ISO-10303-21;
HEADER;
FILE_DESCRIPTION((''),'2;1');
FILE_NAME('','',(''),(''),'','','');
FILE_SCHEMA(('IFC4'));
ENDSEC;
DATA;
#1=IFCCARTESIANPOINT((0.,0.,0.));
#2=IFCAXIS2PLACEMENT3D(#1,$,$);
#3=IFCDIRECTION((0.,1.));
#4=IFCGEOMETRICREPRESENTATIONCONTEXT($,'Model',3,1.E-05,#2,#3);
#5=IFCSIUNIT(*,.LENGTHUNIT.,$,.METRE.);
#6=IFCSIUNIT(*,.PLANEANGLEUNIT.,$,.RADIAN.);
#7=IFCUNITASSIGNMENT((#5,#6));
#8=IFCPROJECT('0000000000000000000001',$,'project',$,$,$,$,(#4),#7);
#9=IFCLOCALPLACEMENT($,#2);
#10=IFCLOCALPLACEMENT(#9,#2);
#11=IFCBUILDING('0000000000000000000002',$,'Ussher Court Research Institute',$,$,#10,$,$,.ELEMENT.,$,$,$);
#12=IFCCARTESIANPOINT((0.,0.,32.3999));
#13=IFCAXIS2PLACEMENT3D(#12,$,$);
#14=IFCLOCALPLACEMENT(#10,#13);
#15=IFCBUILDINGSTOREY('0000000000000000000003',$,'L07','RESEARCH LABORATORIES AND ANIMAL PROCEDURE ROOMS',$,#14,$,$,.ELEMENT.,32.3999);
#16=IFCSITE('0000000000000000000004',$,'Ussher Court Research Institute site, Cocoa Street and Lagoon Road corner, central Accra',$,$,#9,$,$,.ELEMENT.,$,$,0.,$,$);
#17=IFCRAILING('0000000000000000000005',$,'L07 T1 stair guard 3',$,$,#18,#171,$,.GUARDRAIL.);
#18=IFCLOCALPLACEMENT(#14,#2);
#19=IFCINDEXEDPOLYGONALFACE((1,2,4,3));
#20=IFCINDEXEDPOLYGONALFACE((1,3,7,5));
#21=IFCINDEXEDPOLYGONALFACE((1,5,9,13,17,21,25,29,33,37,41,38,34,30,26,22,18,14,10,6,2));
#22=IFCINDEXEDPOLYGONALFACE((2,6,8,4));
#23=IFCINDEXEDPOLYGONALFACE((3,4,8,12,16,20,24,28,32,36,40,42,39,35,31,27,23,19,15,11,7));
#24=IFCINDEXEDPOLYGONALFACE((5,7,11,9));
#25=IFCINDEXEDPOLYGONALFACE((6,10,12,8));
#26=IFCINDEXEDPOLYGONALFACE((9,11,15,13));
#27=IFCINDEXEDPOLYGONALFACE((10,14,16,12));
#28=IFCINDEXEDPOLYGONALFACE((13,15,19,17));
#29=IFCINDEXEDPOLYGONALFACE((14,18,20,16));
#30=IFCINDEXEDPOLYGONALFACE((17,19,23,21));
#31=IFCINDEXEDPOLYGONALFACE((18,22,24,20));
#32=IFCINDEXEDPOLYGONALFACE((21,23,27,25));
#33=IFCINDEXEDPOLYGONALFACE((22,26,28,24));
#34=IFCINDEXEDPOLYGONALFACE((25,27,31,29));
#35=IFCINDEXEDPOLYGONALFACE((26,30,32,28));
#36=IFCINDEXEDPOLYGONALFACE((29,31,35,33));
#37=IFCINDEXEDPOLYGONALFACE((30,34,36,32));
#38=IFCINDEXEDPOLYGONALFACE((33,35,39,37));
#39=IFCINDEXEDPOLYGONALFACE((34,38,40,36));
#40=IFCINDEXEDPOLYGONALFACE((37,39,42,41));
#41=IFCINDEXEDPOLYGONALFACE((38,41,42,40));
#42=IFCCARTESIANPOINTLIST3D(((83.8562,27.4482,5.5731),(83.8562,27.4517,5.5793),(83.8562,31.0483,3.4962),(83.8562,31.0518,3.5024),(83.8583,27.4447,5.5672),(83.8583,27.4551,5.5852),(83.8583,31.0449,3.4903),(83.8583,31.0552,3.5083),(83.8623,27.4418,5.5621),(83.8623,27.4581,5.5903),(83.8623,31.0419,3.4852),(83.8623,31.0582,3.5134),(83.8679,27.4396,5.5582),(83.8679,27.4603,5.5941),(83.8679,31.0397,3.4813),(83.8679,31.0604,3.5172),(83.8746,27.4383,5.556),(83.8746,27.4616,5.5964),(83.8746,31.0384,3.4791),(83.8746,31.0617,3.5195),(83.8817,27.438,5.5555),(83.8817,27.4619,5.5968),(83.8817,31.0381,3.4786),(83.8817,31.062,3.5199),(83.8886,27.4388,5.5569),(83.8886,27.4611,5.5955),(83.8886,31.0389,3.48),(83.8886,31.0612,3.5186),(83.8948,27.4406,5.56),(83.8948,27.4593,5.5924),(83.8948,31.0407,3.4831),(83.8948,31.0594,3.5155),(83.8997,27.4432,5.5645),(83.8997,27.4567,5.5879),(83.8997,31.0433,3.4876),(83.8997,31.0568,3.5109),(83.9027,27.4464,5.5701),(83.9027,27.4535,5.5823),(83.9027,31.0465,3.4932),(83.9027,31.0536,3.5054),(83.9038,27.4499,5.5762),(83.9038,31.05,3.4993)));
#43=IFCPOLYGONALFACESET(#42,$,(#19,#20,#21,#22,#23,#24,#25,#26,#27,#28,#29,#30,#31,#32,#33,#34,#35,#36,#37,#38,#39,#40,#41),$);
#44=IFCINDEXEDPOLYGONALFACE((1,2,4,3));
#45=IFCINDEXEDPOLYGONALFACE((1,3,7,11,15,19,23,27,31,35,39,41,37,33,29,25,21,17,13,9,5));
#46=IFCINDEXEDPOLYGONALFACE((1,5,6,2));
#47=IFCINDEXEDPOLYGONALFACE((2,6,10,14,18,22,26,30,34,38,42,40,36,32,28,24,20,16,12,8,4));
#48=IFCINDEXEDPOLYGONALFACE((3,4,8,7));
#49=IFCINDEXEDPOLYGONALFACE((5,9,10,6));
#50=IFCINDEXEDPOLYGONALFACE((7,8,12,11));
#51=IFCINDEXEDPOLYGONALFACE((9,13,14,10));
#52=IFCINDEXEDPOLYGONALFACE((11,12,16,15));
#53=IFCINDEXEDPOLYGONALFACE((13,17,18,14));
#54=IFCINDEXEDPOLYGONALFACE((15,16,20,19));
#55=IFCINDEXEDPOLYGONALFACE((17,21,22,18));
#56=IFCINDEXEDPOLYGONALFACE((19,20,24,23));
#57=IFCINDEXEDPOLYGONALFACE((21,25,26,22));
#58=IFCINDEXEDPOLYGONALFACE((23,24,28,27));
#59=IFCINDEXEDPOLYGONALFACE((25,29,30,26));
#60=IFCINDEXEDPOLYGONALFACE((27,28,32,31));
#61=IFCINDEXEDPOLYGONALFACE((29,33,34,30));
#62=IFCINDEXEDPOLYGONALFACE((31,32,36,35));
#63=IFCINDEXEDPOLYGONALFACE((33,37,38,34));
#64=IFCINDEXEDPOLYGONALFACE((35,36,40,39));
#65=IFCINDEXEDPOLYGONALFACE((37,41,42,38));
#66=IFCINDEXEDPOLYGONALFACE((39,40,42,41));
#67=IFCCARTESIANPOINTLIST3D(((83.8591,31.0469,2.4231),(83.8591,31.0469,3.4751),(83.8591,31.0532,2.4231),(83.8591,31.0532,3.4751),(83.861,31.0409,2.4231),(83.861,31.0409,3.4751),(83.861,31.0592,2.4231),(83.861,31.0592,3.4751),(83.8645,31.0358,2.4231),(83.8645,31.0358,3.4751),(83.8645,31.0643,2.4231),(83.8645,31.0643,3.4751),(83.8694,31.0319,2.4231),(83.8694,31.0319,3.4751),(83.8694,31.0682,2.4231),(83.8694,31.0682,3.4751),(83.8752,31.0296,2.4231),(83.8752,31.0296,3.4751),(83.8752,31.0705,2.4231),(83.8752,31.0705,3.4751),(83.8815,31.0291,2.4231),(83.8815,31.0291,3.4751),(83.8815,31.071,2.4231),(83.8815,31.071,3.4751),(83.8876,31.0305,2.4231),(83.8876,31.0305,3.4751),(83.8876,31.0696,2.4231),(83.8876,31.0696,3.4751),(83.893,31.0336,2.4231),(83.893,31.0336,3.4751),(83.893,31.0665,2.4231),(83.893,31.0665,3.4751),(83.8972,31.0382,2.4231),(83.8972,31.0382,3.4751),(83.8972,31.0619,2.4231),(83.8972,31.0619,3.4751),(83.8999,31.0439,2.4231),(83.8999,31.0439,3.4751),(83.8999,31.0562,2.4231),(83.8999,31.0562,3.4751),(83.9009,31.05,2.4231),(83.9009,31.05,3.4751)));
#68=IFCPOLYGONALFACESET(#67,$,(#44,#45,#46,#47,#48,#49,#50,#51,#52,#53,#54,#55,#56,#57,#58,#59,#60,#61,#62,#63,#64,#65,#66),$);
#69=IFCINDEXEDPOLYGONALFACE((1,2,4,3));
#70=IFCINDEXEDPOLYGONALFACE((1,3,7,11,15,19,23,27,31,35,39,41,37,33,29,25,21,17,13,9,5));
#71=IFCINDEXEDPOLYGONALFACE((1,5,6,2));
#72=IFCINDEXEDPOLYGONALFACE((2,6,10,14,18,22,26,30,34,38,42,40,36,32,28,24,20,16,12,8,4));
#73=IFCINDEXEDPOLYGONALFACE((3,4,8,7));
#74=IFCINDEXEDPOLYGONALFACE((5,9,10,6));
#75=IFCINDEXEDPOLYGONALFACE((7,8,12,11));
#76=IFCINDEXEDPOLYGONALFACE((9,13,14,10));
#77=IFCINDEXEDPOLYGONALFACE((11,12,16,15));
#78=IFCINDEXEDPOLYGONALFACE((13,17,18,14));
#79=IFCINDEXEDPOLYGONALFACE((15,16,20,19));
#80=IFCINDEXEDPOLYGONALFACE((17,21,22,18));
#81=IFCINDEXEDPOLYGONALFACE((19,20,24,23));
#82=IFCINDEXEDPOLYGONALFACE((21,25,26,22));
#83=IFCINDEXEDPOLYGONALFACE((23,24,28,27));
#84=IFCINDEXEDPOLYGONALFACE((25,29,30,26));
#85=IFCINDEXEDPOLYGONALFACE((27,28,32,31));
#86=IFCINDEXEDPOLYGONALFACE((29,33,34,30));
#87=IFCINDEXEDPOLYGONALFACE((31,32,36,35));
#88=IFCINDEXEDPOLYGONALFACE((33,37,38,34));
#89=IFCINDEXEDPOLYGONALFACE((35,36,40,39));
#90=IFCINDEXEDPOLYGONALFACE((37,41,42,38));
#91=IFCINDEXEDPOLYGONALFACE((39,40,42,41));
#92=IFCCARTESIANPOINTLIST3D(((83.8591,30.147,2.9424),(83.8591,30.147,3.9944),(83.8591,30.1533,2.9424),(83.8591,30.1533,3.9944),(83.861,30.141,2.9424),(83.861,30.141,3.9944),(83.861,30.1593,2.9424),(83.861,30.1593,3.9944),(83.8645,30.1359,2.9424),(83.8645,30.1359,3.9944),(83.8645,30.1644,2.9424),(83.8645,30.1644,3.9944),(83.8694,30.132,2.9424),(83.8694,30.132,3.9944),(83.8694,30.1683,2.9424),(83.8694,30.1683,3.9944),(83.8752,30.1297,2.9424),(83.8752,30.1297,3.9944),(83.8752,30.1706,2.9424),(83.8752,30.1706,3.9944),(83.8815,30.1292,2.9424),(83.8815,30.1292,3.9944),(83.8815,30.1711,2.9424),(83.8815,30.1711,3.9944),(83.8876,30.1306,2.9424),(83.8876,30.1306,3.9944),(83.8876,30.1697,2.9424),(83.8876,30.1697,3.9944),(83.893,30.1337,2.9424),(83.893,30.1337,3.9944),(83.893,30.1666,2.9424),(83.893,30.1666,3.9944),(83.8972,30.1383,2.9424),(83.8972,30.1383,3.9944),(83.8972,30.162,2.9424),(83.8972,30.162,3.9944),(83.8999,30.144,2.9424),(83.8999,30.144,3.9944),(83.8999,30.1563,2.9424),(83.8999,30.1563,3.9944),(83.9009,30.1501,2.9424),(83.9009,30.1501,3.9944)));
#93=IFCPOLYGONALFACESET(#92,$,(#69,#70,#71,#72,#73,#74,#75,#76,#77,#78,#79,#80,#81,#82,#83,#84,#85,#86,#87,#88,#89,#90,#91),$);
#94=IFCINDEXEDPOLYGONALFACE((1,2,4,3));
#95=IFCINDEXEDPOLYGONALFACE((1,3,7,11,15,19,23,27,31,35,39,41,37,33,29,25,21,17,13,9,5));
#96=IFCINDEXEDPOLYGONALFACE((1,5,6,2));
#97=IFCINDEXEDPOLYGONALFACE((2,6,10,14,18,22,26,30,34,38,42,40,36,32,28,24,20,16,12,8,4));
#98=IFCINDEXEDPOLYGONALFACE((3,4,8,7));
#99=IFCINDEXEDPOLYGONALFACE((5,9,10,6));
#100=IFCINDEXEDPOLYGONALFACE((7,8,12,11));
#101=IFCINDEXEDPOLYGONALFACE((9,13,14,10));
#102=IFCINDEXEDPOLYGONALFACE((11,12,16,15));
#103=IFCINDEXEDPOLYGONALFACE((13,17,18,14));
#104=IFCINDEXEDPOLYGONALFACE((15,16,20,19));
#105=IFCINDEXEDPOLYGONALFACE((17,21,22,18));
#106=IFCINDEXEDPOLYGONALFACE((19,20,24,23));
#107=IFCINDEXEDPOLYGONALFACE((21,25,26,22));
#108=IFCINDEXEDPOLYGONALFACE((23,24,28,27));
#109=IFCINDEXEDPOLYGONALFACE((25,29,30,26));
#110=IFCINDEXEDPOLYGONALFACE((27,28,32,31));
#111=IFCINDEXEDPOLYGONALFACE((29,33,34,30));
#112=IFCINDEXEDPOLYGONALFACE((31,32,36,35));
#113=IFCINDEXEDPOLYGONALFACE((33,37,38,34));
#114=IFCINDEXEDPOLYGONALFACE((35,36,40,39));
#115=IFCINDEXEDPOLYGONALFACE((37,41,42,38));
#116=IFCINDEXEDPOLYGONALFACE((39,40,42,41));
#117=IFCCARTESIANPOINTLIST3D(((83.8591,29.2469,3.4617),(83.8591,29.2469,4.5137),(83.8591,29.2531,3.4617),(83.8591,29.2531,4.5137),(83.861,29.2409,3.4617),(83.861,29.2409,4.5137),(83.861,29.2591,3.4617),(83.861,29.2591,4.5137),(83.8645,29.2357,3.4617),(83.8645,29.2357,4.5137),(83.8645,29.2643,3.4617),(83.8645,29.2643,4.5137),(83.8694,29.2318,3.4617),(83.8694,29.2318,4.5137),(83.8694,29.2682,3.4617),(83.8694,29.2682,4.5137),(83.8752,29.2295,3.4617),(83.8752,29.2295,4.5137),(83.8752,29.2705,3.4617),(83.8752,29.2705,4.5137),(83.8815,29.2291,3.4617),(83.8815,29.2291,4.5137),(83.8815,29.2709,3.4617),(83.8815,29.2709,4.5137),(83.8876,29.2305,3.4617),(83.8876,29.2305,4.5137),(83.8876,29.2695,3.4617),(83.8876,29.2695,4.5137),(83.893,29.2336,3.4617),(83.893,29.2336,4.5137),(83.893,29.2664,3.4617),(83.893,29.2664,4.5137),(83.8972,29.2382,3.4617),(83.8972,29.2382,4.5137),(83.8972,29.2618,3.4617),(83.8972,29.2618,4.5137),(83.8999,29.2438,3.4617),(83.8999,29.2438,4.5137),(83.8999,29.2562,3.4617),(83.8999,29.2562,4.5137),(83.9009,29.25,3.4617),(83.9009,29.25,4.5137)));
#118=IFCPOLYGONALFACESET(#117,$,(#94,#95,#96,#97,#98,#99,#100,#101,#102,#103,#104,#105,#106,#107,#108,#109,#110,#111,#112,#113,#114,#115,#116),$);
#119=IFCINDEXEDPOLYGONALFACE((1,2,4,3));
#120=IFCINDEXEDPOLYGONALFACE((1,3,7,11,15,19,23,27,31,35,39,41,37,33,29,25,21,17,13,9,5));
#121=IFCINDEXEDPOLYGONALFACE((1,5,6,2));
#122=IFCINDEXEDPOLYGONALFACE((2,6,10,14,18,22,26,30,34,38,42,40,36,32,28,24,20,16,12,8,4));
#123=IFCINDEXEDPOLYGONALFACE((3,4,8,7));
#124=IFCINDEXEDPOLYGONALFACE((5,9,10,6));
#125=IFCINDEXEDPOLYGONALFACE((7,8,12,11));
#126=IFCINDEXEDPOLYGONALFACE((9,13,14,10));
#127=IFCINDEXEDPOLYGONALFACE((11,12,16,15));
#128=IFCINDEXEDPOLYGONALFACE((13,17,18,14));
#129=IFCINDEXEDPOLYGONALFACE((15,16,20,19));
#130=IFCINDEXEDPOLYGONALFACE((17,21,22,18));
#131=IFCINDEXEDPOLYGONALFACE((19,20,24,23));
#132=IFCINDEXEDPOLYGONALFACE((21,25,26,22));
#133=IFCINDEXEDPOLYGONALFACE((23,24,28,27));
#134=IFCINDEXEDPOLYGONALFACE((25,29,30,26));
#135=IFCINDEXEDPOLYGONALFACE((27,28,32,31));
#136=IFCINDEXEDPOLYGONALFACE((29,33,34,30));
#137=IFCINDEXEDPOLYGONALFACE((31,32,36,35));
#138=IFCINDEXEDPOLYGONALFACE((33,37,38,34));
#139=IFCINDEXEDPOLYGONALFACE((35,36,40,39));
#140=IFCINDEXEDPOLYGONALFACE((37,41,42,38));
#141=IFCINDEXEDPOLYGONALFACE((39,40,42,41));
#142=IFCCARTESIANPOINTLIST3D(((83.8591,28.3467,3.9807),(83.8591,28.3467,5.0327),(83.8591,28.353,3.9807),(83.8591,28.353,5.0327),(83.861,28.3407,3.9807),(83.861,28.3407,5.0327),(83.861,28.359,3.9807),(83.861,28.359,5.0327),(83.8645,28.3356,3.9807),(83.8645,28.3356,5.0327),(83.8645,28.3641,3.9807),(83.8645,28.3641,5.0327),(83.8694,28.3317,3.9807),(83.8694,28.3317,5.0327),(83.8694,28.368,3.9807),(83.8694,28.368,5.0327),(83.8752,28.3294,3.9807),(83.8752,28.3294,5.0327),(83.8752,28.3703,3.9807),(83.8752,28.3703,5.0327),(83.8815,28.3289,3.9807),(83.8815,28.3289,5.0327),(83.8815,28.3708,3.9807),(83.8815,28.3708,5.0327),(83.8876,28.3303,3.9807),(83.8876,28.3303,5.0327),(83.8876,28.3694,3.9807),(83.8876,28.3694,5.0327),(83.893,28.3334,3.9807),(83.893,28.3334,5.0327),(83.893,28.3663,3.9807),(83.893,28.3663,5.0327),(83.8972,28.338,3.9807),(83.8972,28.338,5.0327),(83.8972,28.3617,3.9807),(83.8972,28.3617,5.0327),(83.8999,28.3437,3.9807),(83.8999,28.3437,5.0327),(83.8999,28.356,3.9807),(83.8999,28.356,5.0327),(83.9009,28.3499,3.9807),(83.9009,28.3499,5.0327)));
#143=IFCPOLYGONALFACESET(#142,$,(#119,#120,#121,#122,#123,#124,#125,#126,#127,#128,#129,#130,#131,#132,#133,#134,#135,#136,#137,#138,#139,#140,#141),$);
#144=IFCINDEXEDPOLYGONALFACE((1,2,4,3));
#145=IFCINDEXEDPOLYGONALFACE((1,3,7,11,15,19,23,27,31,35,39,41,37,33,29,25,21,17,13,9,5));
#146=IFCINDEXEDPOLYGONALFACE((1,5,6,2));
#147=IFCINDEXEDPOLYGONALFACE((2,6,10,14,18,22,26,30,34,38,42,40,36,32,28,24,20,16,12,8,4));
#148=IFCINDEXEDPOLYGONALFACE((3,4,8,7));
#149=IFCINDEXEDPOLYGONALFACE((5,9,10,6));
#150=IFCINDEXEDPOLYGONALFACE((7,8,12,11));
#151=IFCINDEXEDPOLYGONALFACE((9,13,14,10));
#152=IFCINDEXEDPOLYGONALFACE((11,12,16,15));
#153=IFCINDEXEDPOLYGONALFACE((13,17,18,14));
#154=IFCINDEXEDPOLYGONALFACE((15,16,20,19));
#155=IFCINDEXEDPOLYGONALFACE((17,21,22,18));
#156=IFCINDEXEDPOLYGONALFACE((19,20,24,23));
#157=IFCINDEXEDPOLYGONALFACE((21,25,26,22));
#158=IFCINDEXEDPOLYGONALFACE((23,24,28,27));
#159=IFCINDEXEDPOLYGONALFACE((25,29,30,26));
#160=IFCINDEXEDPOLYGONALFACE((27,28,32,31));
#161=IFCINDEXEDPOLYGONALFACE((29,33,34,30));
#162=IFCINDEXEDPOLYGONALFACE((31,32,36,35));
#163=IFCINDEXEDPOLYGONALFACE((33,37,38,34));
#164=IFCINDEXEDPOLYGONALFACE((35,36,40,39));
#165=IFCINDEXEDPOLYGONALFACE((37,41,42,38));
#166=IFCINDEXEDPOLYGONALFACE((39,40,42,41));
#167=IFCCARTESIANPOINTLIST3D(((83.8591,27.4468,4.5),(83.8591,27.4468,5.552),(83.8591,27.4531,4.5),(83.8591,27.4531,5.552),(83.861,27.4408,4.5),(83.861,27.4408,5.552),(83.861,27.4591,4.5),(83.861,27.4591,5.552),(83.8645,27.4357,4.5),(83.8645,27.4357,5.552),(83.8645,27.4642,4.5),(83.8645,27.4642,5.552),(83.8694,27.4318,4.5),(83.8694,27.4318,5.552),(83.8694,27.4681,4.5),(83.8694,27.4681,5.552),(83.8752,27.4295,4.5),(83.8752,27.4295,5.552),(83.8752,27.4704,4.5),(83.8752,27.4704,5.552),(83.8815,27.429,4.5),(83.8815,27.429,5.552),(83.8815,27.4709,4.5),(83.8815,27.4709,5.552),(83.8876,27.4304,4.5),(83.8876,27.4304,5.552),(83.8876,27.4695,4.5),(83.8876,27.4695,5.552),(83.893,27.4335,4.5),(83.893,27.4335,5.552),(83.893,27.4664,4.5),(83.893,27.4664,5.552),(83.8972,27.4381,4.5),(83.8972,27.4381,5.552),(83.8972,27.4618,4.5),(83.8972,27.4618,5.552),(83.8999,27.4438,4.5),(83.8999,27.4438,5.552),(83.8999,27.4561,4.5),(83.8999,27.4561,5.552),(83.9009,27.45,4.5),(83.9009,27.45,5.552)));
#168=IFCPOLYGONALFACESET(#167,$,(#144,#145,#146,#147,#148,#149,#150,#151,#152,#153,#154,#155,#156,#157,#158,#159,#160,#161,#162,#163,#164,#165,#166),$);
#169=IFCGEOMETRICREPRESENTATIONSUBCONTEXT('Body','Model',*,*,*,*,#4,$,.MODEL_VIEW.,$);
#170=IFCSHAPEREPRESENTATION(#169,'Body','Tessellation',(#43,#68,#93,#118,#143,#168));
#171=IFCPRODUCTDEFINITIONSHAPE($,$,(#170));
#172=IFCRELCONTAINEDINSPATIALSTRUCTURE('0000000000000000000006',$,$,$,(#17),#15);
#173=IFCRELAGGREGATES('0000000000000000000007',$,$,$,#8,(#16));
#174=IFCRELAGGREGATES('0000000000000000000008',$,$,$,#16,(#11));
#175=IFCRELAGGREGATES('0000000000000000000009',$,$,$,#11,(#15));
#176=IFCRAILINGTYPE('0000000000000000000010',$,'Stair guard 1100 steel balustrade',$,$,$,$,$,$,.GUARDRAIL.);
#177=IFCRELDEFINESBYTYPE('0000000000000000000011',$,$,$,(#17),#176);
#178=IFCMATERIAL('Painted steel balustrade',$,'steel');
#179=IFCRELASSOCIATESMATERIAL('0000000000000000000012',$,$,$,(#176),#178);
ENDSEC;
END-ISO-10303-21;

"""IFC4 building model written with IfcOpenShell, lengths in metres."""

from ifc_helpers import new_model, si_unit, direction, frame, origin, origin_2d, place, context, subcontext, project, spatial, circle, extrude, material, type_object, element, save


model = new_model("IFC4")

# Units and contexts
model_context = context("Model", 3, precision=1e-05, world=origin(), true_north=direction((0.0, 1.0)))
body_context = subcontext(model_context, "Body", "Model", "MODEL_VIEW")
ifc_project = project(units=[si_unit("LENGTHUNIT", "METRE"), si_unit("PLANEANGLEUNIT", "RADIAN")], contexts=[model_context])

# Site, building, storey
site_placement = place(None, origin())
site = spatial("IfcSite", under=ifc_project, at=site_placement, Name="Ussher Court Research Institute site, Cocoa Street and Lagoon Road corner, central Accra", CompositionType="ELEMENT", RefElevation=0.0)
building_placement = place(site_placement, origin())
building = spatial("IfcBuilding", under=site, at=building_placement, Name="Ussher Court Research Institute", CompositionType="ELEMENT")
storey_placement = place(building_placement, frame((0.0, 0.0, 32.3999)))
storey = spatial("IfcBuildingStorey", under=building, at=storey_placement, Name="L07", Description="RESEARCH LABORATORIES AND ANIMAL PROCEDURE ROOMS", CompositionType="ELEMENT", Elevation=32.3999)

# Railing
ifc_material_1 = material(Name="Painted steel balustrade", Category="steel")
railing_type = type_object("IfcRailingType", Name="Stair guard 1100 steel balustrade", PredefinedType="GUARDRAIL", material=ifc_material_1)
railing_1_placement = place(storey_placement, frame((83.8799, 31.05, 2.4231)))
element("IfcRailing", 1, at=railing_1_placement, inside=storey, type_object=railing_type, Name="L07 T1 stair guard 3", PredefinedType="GUARDRAIL", context=body_context, shape_type="SweptSolid", body=[
    extrude(circle(Radius=0.0239, at=origin_2d()), frame((0.0, 0.0, 1.0762), z_axis=(0.0, -0.866193, 0.499709), x_axis=(1.0, 0.0, 0.0)), (0.0, 0.0, 1.0), 4.1562),
    extrude(circle(Radius=0.021, at=origin_2d()), origin(), (0.0, 0.0, 1.0), 1.052),
    extrude(circle(Radius=0.021, at=origin_2d()), frame((0.0, -0.8999, 0.5193)), (0.0, 0.0, 1.0), 1.052),
    extrude(circle(Radius=0.021, at=origin_2d()), frame((0.0, -1.8, 1.0386)), (0.0, 0.0, 1.0), 1.052),
    extrude(circle(Radius=0.021, at=origin_2d()), frame((0.0, -2.7002, 1.5576)), (0.0, 0.0, 1.0), 1.052),
    extrude(circle(Radius=0.021, at=origin_2d()), frame((0.0, -3.6001, 2.0769)), (0.0, 0.0, 1.0), 1.052),
])

save(model, "model.ifc")
